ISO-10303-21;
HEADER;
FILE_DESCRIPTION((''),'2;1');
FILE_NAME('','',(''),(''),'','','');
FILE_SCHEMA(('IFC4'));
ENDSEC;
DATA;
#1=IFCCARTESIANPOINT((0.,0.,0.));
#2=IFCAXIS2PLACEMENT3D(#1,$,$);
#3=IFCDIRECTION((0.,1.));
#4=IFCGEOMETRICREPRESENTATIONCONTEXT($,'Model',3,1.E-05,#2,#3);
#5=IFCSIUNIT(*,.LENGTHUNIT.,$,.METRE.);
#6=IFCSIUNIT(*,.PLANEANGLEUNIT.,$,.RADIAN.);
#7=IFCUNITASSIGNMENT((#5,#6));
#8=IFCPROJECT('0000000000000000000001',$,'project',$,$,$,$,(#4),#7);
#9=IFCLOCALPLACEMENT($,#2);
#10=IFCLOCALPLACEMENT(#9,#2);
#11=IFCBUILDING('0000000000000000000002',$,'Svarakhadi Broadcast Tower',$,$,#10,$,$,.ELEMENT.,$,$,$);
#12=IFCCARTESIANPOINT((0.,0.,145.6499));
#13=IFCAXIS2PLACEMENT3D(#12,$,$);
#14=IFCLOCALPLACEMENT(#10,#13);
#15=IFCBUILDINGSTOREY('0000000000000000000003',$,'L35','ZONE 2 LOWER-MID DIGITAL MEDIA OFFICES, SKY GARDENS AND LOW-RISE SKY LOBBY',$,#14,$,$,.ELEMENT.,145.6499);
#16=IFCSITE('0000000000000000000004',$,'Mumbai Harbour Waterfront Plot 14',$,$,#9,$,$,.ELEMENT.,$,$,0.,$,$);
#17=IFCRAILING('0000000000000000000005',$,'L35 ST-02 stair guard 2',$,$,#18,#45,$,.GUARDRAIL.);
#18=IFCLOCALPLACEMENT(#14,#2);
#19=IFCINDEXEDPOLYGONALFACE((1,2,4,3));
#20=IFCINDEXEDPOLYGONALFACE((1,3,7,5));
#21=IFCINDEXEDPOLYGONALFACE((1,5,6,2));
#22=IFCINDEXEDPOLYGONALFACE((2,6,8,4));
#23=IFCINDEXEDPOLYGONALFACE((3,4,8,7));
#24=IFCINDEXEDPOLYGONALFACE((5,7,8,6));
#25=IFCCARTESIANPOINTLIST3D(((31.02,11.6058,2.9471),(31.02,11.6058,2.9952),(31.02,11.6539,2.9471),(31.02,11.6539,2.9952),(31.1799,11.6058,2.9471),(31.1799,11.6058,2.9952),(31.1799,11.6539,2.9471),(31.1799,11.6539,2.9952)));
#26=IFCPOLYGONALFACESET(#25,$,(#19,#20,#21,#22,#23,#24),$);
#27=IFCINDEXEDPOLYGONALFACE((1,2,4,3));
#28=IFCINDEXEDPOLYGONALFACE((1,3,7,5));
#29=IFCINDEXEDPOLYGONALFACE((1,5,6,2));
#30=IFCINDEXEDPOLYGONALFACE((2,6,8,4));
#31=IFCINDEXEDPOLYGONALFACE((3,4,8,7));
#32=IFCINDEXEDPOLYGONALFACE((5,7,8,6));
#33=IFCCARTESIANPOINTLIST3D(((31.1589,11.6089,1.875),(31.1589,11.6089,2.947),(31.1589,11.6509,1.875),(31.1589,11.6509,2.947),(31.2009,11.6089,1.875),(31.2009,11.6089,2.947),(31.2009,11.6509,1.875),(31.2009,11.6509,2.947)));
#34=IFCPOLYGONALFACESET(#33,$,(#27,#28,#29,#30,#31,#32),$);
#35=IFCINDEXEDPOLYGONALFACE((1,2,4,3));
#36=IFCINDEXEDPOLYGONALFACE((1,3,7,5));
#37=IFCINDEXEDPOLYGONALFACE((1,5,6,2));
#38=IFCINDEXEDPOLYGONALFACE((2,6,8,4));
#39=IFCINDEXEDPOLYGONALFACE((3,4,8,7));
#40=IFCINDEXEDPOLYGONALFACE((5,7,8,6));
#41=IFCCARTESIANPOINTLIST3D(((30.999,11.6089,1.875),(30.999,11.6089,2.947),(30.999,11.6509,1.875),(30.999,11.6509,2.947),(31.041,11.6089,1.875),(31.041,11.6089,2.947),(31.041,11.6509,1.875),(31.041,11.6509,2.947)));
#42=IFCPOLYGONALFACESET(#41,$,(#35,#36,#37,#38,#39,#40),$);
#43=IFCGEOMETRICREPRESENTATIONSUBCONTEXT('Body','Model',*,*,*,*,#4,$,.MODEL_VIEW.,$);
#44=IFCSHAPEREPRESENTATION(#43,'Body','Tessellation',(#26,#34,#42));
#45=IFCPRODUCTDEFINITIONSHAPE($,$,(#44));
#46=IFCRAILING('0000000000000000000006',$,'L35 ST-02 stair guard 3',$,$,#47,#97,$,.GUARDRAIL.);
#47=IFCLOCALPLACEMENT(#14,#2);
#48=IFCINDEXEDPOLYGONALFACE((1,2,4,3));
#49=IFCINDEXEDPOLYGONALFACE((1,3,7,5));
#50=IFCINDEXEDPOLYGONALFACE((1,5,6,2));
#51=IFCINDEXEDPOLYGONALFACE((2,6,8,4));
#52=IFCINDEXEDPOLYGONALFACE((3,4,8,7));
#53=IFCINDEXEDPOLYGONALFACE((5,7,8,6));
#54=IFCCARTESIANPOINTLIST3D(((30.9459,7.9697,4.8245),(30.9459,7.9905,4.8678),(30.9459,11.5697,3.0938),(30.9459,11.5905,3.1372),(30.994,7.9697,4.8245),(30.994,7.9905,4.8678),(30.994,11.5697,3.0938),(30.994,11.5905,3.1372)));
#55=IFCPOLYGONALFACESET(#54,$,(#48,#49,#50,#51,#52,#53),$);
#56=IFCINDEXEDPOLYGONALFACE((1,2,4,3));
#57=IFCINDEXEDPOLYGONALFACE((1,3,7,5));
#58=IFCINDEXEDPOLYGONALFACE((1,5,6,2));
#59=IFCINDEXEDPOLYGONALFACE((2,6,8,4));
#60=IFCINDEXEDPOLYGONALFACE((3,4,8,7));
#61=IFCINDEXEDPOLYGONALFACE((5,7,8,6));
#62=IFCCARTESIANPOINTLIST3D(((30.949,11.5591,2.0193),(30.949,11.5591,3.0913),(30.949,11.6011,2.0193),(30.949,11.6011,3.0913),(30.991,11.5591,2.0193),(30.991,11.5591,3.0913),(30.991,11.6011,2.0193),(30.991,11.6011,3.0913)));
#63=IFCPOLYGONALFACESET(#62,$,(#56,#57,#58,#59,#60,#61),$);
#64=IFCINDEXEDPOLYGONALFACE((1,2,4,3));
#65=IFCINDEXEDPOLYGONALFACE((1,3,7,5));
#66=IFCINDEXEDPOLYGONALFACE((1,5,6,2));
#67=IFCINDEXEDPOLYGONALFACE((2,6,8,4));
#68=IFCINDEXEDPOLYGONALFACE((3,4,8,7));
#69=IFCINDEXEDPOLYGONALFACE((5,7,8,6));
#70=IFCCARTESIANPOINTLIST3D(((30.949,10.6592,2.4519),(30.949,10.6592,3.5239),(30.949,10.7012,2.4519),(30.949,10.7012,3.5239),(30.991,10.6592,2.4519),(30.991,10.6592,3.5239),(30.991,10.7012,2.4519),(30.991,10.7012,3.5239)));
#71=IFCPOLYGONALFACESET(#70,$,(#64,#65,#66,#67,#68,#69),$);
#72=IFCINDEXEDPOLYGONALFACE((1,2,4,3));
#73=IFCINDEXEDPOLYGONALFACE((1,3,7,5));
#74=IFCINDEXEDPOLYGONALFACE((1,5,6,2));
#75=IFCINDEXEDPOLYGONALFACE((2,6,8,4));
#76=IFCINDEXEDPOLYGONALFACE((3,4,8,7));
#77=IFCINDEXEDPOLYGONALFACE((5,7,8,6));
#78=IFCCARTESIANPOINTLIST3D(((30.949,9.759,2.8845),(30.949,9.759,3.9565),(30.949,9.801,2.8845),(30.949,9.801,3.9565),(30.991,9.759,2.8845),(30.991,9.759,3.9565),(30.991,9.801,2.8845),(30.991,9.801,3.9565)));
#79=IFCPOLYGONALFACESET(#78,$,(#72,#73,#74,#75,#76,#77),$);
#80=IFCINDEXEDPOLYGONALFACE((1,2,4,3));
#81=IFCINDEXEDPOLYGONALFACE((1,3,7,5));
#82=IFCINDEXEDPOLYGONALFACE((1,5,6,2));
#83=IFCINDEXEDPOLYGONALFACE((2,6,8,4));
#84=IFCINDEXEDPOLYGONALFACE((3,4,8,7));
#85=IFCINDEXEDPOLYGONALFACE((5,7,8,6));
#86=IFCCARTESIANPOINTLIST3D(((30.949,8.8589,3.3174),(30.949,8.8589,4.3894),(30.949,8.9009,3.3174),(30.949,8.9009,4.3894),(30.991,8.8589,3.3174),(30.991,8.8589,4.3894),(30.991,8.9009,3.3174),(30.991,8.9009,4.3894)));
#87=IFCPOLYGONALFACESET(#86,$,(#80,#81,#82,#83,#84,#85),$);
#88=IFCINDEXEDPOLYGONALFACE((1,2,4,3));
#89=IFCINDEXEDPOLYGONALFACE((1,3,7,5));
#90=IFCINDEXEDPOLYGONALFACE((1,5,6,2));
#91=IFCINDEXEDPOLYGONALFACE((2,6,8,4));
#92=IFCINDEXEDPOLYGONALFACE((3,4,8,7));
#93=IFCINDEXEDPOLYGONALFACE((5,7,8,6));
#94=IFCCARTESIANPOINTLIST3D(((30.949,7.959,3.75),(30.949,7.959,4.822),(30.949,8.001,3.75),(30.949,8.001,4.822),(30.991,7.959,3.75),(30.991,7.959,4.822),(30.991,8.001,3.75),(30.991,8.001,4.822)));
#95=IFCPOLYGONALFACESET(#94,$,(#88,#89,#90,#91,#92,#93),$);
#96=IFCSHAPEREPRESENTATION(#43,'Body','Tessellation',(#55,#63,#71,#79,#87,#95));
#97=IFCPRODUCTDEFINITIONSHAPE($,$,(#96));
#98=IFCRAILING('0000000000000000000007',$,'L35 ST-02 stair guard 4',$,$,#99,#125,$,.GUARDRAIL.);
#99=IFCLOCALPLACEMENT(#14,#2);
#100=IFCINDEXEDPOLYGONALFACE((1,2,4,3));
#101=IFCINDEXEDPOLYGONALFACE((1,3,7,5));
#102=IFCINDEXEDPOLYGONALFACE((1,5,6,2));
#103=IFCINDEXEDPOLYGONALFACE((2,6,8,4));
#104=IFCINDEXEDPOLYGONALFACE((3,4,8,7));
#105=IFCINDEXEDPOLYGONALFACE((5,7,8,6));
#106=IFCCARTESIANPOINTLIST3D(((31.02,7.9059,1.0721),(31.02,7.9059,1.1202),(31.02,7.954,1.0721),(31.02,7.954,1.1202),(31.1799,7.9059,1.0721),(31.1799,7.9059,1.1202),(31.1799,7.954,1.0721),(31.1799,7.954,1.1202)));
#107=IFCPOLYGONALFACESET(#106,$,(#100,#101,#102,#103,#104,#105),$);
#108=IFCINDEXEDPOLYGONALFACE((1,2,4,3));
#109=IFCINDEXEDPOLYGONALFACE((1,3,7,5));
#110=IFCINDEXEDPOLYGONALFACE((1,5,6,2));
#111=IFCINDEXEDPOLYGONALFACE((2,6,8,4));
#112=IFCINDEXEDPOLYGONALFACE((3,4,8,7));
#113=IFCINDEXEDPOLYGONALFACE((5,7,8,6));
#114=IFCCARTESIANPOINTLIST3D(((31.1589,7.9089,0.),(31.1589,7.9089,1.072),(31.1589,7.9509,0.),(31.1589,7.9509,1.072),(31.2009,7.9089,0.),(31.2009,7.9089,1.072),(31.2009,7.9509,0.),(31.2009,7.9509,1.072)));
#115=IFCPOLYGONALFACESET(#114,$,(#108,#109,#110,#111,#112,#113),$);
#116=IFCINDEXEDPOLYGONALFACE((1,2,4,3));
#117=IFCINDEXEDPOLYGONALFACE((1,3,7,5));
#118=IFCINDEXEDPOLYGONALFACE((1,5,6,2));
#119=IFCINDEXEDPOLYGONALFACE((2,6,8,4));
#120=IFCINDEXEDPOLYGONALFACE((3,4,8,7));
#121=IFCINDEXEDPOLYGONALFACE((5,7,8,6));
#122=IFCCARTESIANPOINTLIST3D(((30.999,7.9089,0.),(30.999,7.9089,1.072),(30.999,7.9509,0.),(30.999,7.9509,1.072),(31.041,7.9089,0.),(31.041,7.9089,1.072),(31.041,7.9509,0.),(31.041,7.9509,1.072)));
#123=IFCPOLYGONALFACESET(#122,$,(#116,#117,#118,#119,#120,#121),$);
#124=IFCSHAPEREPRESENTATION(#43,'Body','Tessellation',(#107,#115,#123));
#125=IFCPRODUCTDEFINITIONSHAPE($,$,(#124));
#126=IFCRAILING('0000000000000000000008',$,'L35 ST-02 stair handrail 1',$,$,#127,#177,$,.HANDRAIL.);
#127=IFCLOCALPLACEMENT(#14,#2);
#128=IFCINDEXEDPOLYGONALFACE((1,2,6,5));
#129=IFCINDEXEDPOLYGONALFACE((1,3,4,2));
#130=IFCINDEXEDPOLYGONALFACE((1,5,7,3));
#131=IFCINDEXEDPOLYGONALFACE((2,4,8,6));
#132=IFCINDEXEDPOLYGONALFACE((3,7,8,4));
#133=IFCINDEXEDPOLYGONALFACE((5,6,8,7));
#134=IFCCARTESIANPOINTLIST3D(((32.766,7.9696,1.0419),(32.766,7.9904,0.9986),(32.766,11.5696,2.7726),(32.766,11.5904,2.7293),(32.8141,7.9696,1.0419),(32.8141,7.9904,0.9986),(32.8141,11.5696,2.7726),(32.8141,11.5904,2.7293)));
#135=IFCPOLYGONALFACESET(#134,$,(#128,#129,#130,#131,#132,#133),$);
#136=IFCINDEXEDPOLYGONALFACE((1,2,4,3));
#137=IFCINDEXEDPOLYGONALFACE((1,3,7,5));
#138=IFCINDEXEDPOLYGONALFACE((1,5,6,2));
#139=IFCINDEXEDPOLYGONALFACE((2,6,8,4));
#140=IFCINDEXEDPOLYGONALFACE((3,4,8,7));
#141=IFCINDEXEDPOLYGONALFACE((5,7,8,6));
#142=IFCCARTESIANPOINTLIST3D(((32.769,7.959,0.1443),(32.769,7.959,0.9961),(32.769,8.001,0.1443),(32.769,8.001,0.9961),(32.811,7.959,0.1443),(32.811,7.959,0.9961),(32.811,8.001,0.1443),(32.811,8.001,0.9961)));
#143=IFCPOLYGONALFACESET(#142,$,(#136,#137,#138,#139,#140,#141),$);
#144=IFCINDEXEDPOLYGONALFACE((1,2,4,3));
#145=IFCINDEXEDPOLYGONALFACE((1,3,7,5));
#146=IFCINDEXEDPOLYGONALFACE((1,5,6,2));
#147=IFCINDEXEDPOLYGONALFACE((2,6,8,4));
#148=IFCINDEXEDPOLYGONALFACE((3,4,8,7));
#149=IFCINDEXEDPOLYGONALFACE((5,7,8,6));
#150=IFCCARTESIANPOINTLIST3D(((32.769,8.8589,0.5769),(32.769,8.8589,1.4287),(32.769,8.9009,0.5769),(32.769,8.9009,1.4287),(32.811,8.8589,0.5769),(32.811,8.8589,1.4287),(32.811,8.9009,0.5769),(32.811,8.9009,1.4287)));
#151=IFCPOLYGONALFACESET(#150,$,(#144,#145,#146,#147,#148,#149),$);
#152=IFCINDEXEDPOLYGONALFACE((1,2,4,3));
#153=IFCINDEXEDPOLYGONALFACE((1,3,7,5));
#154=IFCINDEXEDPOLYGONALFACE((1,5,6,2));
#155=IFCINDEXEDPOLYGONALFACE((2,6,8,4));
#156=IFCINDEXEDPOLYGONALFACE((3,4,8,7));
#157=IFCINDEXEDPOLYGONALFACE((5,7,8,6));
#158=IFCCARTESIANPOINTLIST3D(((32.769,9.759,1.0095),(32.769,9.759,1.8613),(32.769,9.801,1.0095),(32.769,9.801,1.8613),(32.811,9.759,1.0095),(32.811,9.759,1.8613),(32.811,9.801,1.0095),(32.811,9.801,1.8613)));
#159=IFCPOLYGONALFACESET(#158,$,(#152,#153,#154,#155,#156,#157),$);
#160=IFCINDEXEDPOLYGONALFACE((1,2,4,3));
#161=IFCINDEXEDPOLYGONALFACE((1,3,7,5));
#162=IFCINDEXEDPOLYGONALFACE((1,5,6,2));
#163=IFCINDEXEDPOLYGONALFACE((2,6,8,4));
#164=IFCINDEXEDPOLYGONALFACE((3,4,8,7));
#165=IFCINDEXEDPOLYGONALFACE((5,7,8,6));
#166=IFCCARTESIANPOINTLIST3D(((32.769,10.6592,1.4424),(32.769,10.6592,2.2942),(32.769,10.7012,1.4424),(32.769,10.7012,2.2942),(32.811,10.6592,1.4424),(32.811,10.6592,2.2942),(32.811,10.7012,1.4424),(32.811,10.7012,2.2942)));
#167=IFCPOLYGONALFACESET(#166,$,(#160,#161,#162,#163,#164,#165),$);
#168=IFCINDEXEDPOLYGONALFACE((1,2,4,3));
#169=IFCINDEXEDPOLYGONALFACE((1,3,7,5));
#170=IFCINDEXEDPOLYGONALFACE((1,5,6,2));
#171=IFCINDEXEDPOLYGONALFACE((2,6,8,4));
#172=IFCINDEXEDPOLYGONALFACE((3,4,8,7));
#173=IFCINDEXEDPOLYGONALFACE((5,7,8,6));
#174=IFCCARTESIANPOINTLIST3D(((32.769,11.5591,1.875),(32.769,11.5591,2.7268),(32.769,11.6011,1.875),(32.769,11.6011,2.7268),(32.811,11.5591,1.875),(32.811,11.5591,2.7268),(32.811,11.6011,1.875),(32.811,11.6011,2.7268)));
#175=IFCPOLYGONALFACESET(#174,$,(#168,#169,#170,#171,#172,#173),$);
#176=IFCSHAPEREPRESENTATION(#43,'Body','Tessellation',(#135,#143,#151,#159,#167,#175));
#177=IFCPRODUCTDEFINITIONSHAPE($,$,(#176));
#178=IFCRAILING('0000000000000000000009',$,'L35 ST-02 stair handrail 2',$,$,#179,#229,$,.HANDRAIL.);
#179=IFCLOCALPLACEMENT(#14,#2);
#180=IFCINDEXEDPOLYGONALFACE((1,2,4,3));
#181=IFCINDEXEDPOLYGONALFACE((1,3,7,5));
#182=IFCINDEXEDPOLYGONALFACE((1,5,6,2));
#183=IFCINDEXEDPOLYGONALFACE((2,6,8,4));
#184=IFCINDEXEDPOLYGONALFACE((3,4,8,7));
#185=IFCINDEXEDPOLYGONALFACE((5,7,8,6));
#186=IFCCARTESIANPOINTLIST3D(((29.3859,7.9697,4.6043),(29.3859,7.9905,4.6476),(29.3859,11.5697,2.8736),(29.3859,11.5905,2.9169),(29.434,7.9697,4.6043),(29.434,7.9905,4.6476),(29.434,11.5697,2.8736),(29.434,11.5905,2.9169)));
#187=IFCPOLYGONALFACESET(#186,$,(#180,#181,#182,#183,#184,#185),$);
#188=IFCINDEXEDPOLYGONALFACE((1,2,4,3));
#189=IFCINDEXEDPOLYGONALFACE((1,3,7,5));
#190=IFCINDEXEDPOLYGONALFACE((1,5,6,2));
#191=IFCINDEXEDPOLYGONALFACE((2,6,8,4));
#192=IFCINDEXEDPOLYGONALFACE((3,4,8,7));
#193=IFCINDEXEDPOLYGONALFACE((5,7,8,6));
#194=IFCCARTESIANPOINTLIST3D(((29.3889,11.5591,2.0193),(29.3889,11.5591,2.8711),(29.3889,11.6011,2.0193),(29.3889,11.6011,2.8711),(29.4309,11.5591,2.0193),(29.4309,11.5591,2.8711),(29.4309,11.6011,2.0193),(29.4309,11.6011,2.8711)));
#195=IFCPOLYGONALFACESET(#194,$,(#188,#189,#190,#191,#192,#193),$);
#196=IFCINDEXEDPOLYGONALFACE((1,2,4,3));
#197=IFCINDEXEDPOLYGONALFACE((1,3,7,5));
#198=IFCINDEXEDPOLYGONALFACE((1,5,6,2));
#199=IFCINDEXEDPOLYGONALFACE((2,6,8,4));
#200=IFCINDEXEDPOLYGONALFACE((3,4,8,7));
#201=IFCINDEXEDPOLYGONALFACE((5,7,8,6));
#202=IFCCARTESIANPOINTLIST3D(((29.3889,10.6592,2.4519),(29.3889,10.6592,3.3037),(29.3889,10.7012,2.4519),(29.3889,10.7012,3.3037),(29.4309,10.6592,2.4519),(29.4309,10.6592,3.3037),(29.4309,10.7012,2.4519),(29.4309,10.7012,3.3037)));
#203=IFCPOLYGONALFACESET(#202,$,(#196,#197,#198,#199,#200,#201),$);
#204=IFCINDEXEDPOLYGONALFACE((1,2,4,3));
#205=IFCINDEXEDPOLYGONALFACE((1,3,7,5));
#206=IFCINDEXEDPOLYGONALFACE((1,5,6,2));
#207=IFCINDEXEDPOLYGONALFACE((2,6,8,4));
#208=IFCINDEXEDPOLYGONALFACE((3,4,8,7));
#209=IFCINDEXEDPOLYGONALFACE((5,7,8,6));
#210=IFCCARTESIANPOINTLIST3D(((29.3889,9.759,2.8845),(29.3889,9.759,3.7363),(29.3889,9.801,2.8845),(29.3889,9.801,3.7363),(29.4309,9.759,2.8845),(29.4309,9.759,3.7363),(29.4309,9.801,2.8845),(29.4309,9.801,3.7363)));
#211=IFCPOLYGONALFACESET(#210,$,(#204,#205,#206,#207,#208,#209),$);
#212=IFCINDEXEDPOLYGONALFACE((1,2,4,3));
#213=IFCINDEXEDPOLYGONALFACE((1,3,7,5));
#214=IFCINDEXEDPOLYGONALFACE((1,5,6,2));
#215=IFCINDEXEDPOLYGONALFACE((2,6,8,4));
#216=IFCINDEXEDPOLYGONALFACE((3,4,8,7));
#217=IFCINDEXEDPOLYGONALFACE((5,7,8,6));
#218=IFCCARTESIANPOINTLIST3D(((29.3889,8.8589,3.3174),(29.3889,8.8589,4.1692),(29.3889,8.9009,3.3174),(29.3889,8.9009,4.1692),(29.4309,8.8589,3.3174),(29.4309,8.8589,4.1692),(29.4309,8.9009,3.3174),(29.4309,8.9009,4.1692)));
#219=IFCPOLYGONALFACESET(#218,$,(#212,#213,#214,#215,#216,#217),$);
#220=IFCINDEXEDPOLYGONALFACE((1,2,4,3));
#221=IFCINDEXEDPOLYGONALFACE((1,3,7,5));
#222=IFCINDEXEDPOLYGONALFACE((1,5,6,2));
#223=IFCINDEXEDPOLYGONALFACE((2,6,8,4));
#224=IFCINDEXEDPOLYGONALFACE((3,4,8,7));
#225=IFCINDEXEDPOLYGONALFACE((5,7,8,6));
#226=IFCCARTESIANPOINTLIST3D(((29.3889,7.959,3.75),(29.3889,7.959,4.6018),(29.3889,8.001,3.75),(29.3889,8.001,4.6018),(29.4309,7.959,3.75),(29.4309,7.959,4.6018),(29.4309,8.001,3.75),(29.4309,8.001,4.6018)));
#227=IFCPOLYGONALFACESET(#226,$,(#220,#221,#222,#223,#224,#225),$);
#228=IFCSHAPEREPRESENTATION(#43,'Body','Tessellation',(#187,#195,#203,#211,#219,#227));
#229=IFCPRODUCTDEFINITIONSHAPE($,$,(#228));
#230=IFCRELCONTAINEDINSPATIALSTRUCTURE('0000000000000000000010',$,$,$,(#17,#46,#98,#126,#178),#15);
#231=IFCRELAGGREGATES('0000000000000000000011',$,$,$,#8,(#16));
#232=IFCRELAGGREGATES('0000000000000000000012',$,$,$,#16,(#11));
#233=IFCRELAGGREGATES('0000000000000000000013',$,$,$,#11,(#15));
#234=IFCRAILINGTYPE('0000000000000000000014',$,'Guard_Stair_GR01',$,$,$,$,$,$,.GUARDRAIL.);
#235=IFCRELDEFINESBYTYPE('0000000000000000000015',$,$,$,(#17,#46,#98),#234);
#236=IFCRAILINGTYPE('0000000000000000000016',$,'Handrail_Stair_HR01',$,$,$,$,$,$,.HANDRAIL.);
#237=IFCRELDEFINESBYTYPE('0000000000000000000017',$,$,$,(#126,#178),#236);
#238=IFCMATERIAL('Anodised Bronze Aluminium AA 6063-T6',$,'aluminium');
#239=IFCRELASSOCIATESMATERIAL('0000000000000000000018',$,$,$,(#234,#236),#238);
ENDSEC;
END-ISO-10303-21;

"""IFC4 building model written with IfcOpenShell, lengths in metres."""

from ifc_helpers import new_model, si_unit, direction, frame, origin, origin_2d, place, context, subcontext, project, spatial, rectangle, extrude, material, type_object, element, save


model = new_model("IFC4")

# Units and contexts
model_context = context("Model", 3, precision=1e-05, world=origin(), true_north=direction((0.0, 1.0)))
body_context = subcontext(model_context, "Body", "Model", "MODEL_VIEW")
ifc_project = project(units=[si_unit("LENGTHUNIT", "METRE"), si_unit("PLANEANGLEUNIT", "RADIAN")], contexts=[model_context])

# Site, building, storey
site_placement = place(None, origin())
site = spatial("IfcSite", under=ifc_project, at=site_placement, Name="Mumbai Harbour Waterfront Plot 14", CompositionType="ELEMENT", RefElevation=0.0)
building_placement = place(site_placement, origin())
building = spatial("IfcBuilding", under=site, at=building_placement, Name="Svarakhadi Broadcast Tower", CompositionType="ELEMENT")
storey_placement = place(building_placement, frame((0.0, 0.0, 145.6499)))
storey = spatial("IfcBuildingStorey", under=building, at=storey_placement, Name="L35", Description="ZONE 2 LOWER-MID DIGITAL MEDIA OFFICES, SKY GARDENS AND LOW-RISE SKY LOBBY", CompositionType="ELEMENT", Elevation=145.6499)

# Shared definitions
ifc_material_1 = material(Name="Anodised Bronze Aluminium AA 6063-T6", Category="aluminium")

# Railings
railing_type_1 = type_object("IfcRailingType", Name="Guard_Stair_GR01", PredefinedType="GUARDRAIL", material=ifc_material_1)
railing_1_placement = place(storey_placement, frame((31.1799, 11.6299, 1.875)))
element("IfcRailing", 1, at=railing_1_placement, inside=storey, type_object=railing_type_1, Name="L35 ST-02 stair guard 2", PredefinedType="GUARDRAIL", context=body_context, shape_type="SweptSolid", body=[
    extrude(rectangle(XDim=0.0481, YDim=0.0481, at=origin_2d()), frame((0.0, 0.0, 1.0962), z_axis=(-1.0, 0.0, 0.0), x_axis=(0.0, -1.0, 0.0)), (0.0, 0.0, 1.0), 0.1599),
    extrude(rectangle(XDim=0.042, YDim=0.042, at=origin_2d()), origin(), (0.0, 0.0, 1.0), 1.072),
    extrude(rectangle(XDim=0.042, YDim=0.042, at=origin_2d()), frame((-0.1599, 0.0, 0.0)), (0.0, 0.0, 1.0), 1.072),
])
railing_2_placement = place(storey_placement, frame((30.97, 11.5801, 2.0193)))
element("IfcRailing", 2, at=railing_2_placement, inside=storey, type_object=railing_type_1, Name="L35 ST-02 stair guard 3", PredefinedType="GUARDRAIL", context=body_context, shape_type="SweptSolid", body=[
    extrude(rectangle(XDim=0.0481, YDim=0.0481, at=origin_2d()), frame((0.0, 0.0, 1.0962), z_axis=(0.0, -0.901263, 0.433273), x_axis=(1.0, 0.0, 0.0)), (0.0, 0.0, 1.0), 3.9944),
    extrude(rectangle(XDim=0.042, YDim=0.042, at=origin_2d()), origin(), (0.0, 0.0, 1.0), 1.072),
    extrude(rectangle(XDim=0.042, YDim=0.042, at=origin_2d()), frame((0.0, -0.8999, 0.4326)), (0.0, 0.0, 1.0), 1.072),
    extrude(rectangle(XDim=0.042, YDim=0.042, at=origin_2d()), frame((0.0, -1.8, 0.8652)), (0.0, 0.0, 1.0), 1.072),
    extrude(rectangle(XDim=0.042, YDim=0.042, at=origin_2d()), frame((0.0, -2.7002, 1.2981)), (0.0, 0.0, 1.0), 1.072),
    extrude(rectangle(XDim=0.042, YDim=0.042, at=origin_2d()), frame((0.0, -3.6001, 1.7307)), (0.0, 0.0, 1.0), 1.072),
])
railing_3_placement = place(storey_placement, frame((31.1799, 7.9299, 0.0)))
element("IfcRailing", 3, at=railing_3_placement, inside=storey, type_object=railing_type_1, Name="L35 ST-02 stair guard 4", PredefinedType="GUARDRAIL", context=body_context, shape_type="SweptSolid", body=[
    extrude(rectangle(XDim=0.0481, YDim=0.0481, at=origin_2d()), frame((0.0, 0.0, 1.0962), z_axis=(-1.0, 0.0, 0.0), x_axis=(0.0, -1.0, 0.0)), (0.0, 0.0, 1.0), 0.1599),
    extrude(rectangle(XDim=0.042, YDim=0.042, at=origin_2d()), origin(), (0.0, 0.0, 1.0), 1.072),
    extrude(rectangle(XDim=0.042, YDim=0.042, at=origin_2d()), frame((-0.1599, 0.0, 0.0)), (0.0, 0.0, 1.0), 1.072),
])
railing_type_2 = type_object("IfcRailingType", Name="Handrail_Stair_HR01", PredefinedType="HANDRAIL", material=ifc_material_1)
railing_4_placement = place(storey_placement, frame((32.79, 7.98, 0.1443)))
element("IfcRailing", 4, at=railing_4_placement, inside=storey, type_object=railing_type_2, Name="L35 ST-02 stair handrail 1", PredefinedType="HANDRAIL", context=body_context, shape_type="SweptSolid", body=[
    extrude(rectangle(XDim=0.0481, YDim=0.0481, at=origin_2d()), frame((0.0, 0.0, 0.876), z_axis=(0.0, 0.901263, 0.433273), x_axis=(-1.0, 0.0, 0.0)), (0.0, 0.0, 1.0), 3.9944),
    extrude(rectangle(XDim=0.042, YDim=0.042, at=origin_2d()), origin(), (0.0, 0.0, 1.0), 0.8518),
    extrude(rectangle(XDim=0.042, YDim=0.042, at=origin_2d()), frame((0.0, 0.8999, 0.4326)), (0.0, 0.0, 1.0), 0.8518),
    extrude(rectangle(XDim=0.042, YDim=0.042, at=origin_2d()), frame((0.0, 1.8, 0.8652)), (0.0, 0.0, 1.0), 0.8518),
    extrude(rectangle(XDim=0.042, YDim=0.042, at=origin_2d()), frame((0.0, 2.7002, 1.2981)), (0.0, 0.0, 1.0), 0.8518),
    extrude(rectangle(XDim=0.042, YDim=0.042, at=origin_2d()), frame((0.0, 3.6001, 1.7307)), (0.0, 0.0, 1.0), 0.8518),
])
railing_5_placement = place(storey_placement, frame((29.4099, 11.5801, 2.0193)))
element("IfcRailing", 5, at=railing_5_placement, inside=storey, type_object=railing_type_2, Name="L35 ST-02 stair handrail 2", PredefinedType="HANDRAIL", context=body_context, shape_type="SweptSolid", body=[
    extrude(rectangle(XDim=0.0481, YDim=0.0481, at=origin_2d()), frame((0.0, 0.0, 0.876), z_axis=(0.0, -0.901263, 0.433273), x_axis=(1.0, 0.0, 0.0)), (0.0, 0.0, 1.0), 3.9944),
    extrude(rectangle(XDim=0.042, YDim=0.042, at=origin_2d()), origin(), (0.0, 0.0, 1.0), 0.8518),
    extrude(rectangle(XDim=0.042, YDim=0.042, at=origin_2d()), frame((0.0, -0.8999, 0.4326)), (0.0, 0.0, 1.0), 0.8518),
    extrude(rectangle(XDim=0.042, YDim=0.042, at=origin_2d()), frame((0.0, -1.8, 0.8652)), (0.0, 0.0, 1.0), 0.8518),
    extrude(rectangle(XDim=0.042, YDim=0.042, at=origin_2d()), frame((0.0, -2.7002, 1.2981)), (0.0, 0.0, 1.0), 0.8518),
    extrude(rectangle(XDim=0.042, YDim=0.042, at=origin_2d()), frame((0.0, -3.6001, 1.7307)), (0.0, 0.0, 1.0), 0.8518),
])

save(model, "model.ifc")
